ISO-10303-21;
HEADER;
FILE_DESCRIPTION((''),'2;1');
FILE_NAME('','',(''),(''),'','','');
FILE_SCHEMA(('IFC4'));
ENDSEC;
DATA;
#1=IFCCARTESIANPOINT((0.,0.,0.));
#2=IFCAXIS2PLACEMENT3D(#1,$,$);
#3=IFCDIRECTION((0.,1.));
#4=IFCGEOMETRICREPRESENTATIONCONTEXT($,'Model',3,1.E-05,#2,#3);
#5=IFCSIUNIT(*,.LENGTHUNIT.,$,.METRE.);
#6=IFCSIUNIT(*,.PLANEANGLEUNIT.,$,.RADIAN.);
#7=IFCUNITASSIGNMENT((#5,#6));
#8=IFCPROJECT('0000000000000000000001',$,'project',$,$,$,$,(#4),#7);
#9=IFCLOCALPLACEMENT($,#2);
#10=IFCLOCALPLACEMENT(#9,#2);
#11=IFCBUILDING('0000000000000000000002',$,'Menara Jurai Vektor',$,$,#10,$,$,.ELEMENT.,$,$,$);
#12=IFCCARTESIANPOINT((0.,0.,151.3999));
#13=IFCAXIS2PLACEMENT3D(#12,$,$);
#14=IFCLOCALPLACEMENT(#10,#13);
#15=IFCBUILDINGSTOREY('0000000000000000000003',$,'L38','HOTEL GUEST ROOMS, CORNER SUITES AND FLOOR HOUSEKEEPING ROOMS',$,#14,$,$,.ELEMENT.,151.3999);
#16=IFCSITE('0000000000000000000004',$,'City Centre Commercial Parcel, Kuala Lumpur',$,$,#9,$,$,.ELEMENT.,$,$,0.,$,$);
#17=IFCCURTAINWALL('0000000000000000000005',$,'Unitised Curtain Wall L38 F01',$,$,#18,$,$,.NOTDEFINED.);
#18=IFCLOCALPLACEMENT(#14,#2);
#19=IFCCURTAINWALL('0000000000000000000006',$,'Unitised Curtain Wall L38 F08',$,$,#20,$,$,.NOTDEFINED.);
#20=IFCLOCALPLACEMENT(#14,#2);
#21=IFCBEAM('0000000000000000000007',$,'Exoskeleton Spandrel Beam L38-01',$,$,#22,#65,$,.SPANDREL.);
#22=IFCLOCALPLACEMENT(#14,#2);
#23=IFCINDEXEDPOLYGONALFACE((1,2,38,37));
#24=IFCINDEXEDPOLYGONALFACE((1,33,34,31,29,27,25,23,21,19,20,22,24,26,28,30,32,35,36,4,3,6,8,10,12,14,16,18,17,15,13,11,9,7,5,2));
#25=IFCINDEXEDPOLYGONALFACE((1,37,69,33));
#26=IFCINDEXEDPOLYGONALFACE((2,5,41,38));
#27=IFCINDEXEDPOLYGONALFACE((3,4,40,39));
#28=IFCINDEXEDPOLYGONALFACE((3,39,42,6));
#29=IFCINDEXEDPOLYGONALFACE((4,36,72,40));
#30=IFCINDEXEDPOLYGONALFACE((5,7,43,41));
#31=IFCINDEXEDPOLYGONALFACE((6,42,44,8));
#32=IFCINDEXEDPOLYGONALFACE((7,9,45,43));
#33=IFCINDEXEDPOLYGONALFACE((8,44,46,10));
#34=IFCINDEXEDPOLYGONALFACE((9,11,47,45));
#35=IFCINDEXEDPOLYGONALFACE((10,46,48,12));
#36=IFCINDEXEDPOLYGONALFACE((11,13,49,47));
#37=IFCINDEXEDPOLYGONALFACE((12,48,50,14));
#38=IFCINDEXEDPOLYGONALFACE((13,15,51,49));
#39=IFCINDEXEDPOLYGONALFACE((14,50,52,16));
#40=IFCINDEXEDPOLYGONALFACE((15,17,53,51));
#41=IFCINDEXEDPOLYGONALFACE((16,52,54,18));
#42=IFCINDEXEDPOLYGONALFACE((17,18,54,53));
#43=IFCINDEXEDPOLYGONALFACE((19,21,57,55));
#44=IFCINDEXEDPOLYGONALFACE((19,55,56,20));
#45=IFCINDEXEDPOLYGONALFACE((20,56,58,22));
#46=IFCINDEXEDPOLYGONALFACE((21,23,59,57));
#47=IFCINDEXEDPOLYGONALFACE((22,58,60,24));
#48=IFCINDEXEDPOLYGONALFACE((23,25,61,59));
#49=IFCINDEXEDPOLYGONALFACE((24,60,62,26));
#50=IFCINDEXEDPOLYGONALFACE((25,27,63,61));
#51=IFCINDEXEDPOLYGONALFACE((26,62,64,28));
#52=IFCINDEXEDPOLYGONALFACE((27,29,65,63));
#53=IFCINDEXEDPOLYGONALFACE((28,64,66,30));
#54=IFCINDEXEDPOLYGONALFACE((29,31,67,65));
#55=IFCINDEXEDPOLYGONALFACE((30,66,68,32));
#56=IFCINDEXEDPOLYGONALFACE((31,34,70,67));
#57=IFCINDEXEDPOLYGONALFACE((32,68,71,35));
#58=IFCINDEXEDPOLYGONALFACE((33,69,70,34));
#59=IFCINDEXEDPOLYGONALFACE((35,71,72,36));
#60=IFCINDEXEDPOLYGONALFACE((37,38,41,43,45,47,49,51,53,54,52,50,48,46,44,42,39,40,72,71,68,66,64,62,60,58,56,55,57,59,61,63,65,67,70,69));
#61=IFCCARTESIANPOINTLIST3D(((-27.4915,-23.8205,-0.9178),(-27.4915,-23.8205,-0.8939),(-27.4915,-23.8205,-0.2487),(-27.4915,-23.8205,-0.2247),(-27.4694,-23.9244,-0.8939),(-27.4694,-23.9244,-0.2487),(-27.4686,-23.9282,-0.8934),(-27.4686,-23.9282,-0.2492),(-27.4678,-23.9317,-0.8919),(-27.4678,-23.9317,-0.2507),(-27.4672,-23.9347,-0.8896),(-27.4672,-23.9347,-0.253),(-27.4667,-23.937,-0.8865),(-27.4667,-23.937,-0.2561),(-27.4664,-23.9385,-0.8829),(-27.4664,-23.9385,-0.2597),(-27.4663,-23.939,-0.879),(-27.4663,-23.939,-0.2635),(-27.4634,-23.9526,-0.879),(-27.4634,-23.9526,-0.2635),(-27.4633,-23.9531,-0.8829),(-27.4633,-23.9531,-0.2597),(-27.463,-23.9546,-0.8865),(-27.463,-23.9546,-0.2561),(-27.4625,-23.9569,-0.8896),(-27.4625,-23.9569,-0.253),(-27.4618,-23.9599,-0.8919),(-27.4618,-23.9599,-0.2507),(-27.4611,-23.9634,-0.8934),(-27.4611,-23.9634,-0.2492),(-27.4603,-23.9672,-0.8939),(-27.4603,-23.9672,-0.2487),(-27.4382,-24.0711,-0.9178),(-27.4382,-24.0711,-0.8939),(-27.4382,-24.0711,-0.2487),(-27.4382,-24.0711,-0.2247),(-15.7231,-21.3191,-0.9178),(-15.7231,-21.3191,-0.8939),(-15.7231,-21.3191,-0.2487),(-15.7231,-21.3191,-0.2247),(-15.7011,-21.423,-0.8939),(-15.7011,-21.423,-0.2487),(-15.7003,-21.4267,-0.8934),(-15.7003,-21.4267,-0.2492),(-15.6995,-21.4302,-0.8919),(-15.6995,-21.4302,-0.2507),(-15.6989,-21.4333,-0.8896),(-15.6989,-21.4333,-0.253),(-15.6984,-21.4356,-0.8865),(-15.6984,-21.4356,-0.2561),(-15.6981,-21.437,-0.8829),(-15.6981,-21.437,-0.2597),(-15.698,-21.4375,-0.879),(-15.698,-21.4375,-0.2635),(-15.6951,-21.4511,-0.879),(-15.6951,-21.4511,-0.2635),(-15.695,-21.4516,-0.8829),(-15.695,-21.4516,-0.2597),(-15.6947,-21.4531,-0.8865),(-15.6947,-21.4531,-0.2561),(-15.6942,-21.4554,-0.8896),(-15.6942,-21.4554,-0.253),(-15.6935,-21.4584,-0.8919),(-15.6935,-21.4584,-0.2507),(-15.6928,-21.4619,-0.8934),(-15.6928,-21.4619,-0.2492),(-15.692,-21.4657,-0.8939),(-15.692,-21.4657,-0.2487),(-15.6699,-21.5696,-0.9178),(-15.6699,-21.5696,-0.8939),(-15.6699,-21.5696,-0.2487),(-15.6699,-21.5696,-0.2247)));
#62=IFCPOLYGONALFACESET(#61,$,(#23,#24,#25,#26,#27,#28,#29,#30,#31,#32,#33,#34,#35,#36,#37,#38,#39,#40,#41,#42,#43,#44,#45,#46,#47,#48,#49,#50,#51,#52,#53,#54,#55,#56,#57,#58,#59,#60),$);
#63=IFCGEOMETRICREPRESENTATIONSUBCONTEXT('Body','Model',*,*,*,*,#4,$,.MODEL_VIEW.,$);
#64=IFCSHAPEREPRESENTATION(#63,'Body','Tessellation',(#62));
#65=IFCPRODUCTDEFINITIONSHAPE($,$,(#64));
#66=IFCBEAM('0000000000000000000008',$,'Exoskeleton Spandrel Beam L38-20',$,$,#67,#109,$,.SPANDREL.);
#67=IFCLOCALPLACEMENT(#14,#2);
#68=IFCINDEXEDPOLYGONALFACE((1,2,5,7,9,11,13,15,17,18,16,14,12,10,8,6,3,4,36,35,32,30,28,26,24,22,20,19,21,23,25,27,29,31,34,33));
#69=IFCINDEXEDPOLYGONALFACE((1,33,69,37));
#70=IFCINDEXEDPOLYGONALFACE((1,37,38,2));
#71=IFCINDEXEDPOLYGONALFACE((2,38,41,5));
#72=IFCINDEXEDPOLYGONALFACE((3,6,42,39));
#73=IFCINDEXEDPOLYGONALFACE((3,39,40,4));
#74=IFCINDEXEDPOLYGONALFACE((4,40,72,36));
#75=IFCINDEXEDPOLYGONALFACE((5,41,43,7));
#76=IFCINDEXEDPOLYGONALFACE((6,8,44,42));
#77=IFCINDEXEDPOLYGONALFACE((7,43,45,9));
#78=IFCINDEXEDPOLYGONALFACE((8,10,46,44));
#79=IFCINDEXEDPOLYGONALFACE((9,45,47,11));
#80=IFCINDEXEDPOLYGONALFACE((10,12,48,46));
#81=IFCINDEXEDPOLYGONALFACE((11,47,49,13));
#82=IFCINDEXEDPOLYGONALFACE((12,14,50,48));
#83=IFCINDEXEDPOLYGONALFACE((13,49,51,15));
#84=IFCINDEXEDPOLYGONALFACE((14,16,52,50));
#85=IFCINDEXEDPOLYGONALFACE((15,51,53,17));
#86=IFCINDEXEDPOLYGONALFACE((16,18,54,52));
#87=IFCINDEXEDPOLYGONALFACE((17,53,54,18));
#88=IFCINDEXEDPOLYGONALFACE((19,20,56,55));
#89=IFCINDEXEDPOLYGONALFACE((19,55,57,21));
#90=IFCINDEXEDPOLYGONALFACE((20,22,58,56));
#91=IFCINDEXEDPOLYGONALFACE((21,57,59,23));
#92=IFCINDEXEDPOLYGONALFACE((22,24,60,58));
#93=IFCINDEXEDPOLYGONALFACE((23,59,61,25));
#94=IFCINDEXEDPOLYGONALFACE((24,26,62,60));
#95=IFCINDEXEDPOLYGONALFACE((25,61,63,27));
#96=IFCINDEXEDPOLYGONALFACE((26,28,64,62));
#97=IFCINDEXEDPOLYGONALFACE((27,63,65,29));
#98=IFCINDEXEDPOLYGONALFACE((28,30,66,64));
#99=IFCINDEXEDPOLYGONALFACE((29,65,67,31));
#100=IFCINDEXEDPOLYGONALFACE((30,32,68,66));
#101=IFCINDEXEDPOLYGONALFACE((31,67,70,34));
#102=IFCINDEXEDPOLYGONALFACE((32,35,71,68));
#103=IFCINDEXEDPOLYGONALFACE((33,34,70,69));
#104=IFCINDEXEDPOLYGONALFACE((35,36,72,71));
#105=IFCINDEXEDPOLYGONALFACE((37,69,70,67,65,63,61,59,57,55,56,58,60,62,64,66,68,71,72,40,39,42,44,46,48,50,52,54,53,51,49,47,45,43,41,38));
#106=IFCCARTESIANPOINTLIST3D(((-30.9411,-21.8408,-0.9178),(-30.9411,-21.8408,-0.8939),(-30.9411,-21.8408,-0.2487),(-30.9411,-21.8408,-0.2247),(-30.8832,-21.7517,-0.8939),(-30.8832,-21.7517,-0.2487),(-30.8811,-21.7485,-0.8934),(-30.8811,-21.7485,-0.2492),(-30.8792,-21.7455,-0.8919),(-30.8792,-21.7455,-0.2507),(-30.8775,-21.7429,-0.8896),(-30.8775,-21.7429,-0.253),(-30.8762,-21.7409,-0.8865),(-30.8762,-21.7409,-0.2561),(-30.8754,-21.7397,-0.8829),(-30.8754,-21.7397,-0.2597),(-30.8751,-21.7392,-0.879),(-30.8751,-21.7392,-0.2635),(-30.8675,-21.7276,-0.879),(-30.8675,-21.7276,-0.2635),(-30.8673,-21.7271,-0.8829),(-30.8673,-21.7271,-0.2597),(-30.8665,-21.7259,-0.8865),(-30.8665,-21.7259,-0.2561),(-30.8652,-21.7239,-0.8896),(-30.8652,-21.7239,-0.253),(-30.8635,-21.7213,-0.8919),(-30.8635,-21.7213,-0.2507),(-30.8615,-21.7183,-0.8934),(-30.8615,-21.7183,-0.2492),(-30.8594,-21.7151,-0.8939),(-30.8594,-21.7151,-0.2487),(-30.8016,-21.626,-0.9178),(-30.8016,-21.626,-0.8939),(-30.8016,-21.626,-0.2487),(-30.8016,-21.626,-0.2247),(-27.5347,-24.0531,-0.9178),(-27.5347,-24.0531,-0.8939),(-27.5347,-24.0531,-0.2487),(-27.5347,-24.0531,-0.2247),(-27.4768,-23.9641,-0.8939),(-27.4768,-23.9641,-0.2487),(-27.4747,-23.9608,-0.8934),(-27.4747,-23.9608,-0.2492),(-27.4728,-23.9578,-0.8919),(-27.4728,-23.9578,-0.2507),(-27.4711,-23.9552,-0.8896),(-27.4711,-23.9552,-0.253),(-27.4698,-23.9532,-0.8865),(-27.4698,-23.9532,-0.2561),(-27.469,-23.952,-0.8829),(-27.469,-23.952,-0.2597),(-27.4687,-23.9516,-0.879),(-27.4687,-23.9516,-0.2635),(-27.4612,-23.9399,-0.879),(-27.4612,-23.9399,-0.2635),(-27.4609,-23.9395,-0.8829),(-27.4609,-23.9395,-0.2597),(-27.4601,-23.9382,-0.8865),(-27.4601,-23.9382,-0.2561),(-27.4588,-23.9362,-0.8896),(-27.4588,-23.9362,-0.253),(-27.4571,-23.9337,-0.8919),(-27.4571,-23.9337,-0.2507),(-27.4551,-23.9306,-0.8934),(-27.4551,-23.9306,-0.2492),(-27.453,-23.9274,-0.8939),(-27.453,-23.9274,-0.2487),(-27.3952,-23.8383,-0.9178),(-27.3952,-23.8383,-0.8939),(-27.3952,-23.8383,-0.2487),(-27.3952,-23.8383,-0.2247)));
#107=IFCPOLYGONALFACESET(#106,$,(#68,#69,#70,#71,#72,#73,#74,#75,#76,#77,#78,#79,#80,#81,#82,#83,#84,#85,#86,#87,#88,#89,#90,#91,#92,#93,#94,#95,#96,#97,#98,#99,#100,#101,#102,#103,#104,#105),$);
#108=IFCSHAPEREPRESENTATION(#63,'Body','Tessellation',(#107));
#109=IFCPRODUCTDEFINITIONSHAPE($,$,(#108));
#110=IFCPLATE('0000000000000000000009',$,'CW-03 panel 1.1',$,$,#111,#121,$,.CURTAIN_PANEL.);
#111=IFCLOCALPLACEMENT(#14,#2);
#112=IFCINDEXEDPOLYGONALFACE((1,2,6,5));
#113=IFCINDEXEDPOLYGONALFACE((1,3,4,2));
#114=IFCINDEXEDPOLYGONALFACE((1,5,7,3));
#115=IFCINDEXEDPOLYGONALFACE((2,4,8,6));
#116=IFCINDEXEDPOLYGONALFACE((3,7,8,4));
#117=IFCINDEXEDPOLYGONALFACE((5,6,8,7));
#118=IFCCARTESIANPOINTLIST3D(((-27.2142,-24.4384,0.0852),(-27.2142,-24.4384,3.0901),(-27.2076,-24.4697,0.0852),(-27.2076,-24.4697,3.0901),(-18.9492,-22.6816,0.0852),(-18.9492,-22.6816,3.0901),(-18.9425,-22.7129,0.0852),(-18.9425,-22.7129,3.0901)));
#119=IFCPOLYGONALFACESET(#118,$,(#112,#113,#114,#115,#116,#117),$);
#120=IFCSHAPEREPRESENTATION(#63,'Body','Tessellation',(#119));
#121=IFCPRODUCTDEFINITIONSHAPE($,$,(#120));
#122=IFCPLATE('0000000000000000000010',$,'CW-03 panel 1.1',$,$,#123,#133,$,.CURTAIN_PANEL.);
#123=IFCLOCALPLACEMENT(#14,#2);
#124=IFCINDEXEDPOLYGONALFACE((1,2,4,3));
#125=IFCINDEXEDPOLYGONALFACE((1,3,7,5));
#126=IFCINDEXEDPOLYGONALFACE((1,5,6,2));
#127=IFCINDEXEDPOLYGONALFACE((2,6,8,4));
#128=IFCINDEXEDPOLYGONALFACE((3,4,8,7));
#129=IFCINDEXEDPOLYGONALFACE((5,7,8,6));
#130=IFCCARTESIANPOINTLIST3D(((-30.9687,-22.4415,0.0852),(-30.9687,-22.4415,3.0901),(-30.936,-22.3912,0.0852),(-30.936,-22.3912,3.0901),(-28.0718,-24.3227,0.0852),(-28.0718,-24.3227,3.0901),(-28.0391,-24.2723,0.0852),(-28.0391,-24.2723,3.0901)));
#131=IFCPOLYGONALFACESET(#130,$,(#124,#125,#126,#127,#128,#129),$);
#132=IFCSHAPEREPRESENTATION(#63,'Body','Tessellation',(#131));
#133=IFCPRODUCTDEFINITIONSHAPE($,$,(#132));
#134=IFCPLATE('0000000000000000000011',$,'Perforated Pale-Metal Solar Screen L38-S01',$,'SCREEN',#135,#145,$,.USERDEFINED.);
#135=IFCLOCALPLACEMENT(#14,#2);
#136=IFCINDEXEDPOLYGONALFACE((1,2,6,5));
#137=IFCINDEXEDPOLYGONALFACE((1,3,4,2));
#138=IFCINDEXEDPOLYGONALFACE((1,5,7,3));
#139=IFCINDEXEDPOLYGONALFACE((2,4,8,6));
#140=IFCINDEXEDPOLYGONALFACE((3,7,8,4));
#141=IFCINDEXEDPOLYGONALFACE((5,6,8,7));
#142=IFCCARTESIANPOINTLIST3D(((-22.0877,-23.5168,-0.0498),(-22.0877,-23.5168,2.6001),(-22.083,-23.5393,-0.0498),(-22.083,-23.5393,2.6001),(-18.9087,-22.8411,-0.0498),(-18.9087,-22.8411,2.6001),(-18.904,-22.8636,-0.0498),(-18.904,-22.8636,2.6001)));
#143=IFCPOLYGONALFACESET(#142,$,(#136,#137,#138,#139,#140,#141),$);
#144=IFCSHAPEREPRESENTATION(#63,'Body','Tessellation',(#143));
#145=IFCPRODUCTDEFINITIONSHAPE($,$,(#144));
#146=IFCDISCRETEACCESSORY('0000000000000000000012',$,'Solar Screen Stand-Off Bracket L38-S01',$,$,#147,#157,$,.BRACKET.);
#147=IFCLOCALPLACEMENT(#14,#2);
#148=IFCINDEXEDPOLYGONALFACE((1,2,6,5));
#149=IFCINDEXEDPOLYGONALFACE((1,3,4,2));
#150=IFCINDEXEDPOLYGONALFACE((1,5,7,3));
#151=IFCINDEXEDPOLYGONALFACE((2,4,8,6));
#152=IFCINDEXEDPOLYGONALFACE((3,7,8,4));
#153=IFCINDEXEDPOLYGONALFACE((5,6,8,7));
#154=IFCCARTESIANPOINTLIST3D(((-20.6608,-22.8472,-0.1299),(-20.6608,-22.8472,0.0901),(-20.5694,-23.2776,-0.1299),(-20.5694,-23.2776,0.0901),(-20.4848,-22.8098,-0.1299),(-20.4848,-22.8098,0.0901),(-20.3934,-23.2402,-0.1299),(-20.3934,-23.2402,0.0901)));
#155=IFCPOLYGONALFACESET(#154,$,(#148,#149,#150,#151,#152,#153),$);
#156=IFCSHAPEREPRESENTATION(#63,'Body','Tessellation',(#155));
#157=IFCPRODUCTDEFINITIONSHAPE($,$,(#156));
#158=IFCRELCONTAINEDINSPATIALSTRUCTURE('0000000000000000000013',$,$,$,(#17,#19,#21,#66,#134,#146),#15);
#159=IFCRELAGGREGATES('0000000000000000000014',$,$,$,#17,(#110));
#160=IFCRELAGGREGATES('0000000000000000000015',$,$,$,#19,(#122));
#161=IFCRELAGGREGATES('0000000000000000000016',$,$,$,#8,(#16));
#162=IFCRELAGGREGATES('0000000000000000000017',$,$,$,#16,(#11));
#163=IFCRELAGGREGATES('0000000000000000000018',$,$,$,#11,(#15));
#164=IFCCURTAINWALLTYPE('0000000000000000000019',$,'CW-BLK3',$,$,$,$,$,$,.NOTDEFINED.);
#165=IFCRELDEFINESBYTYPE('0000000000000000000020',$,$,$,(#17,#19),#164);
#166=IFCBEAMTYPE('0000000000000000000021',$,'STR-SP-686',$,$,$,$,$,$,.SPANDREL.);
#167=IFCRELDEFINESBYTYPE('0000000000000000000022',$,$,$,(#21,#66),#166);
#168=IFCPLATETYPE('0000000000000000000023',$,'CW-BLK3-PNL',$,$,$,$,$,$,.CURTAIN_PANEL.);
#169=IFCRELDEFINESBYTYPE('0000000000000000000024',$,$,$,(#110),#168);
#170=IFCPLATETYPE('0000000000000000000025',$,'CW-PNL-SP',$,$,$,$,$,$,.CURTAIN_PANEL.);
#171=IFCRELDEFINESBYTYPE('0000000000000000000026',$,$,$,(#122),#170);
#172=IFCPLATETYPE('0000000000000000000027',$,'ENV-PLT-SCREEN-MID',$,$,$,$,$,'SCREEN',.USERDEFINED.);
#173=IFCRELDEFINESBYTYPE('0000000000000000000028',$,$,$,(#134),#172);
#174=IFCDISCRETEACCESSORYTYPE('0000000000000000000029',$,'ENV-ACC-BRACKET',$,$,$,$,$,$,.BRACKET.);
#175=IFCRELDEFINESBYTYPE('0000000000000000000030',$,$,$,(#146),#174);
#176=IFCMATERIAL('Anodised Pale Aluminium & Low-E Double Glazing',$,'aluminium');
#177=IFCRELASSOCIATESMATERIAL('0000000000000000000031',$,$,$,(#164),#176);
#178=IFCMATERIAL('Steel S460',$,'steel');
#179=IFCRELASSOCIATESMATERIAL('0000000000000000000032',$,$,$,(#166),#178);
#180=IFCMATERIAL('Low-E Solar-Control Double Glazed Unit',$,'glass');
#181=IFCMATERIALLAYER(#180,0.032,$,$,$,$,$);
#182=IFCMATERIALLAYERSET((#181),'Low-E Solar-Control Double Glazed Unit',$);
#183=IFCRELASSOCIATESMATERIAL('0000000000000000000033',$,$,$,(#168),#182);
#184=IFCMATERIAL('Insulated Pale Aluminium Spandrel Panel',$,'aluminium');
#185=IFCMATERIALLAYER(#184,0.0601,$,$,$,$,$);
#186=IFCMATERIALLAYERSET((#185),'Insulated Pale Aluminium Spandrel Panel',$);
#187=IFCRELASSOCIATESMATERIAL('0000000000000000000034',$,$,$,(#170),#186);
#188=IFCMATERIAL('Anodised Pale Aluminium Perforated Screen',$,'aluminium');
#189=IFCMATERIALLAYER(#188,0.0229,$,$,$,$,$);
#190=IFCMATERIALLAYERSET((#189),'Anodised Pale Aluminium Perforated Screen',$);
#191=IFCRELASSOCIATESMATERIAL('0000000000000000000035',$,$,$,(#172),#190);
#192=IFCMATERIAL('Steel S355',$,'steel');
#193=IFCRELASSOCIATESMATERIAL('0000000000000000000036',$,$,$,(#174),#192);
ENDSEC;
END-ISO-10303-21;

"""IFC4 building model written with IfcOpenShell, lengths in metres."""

from ifc_helpers import new_model, si_unit, direction, frame, origin, origin_2d, place, context, subcontext, project, spatial, rectangle, i_section, extrude, material, layer, layer_set, material_profile, profile_set, type_object, element, aggregate, save


model = new_model("IFC4")

# Units and contexts
model_context = context("Model", 3, precision=1e-05, world=origin(), true_north=direction((0.0, 1.0)))
body_context = subcontext(model_context, "Body", "Model", "MODEL_VIEW")
ifc_project = project(units=[si_unit("LENGTHUNIT", "METRE"), si_unit("PLANEANGLEUNIT", "RADIAN")], contexts=[model_context])

# Site, building, storey
site_placement = place(None, origin())
site = spatial("IfcSite", under=ifc_project, at=site_placement, Name="City Centre Commercial Parcel, Kuala Lumpur", CompositionType="ELEMENT", RefElevation=0.0)
building_placement = place(site_placement, origin())
building = spatial("IfcBuilding", under=site, at=building_placement, Name="Menara Jurai Vektor", CompositionType="ELEMENT")
storey_placement = place(building_placement, frame((0.0, 0.0, 151.3999)))
storey = spatial("IfcBuildingStorey", under=building, at=storey_placement, Name="L38", Description="HOTEL GUEST ROOMS, CORNER SUITES AND FLOOR HOUSEKEEPING ROOMS", CompositionType="ELEMENT", Elevation=151.3999)

# Shared definitions
ifc_material_1 = material(Name="Steel S460", Category="steel")

# Curtain wall
ifc_material_2 = material(Name="Anodised Pale Aluminium & Low-E Double Glazing", Category="aluminium")
curtain_wall_type = type_object("IfcCurtainWallType", Name="CW-BLK3", PredefinedType="NOTDEFINED", material=ifc_material_2)
curtain_wall_1_placement = place(storey_placement, origin())
curtain_wall_1 = element("IfcCurtainWall", 1, at=curtain_wall_1_placement, inside=storey, type_object=curtain_wall_type, Name="Unitised Curtain Wall L38 F01", PredefinedType="NOTDEFINED")

# Curtain wall
curtain_wall_2_placement = place(storey_placement, origin())
curtain_wall_2 = element("IfcCurtainWall", 2, at=curtain_wall_2_placement, inside=storey, type_object=curtain_wall_type, Name="Unitised Curtain Wall L38 F08", PredefinedType="NOTDEFINED")

# Shared definitions
ifc_material_3 = material(Name="Steel S355", Category="steel")

# Beams
ifc_material_profile_1 = material_profile(ifc_material_1, i_section(OverallWidth=0.2561, OverallDepth=0.6931, WebThickness=0.0139, FlangeThickness=0.0239, FilletRadius=0.0149, at=origin_2d()), Name="UKB 686x254x170")
ifc_profile_set_1 = profile_set([ifc_material_profile_1], Name="Steel S460")
beam_type_1 = type_object("IfcBeamType", Name="STR-SP-686", PredefinedType="SPANDREL", material=ifc_profile_set_1)
beam_1_placement = place(storey_placement, frame((-27.4648, -23.9458, -0.5713), z_axis=(0.978147, 0.207914, 0.0), x_axis=(-0.207914, 0.978147, 0.0)))
element("IfcBeam", 3, at=beam_1_placement, inside=storey, type_object=beam_type_1, Name="Exoskeleton Spandrel Beam L38-01", PredefinedType="SPANDREL", context=body_context, shape_type="SweptSolid", body=[
    extrude(i_section(OverallWidth=0.2561, OverallDepth=0.6931, WebThickness=0.0139, FlangeThickness=0.0239, FilletRadius=0.0149, at=origin_2d()), origin(), (0.0, 0.0, 1.0), 12.0312),
])
beam_2_placement = place(storey_placement, frame((-30.8713, -21.7334, -0.5713), z_axis=(0.838648, -0.544674, 0.0), x_axis=(0.544674, 0.838648, 0.0)))
element("IfcBeam", 4, at=beam_2_placement, inside=storey, type_object=beam_type_1, Name="Exoskeleton Spandrel Beam L38-20", PredefinedType="SPANDREL", context=body_context, shape_type="SweptSolid", body=[
    extrude(i_section(OverallWidth=0.2561, OverallDepth=0.6931, WebThickness=0.0139, FlangeThickness=0.0239, FilletRadius=0.0149, at=origin_2d()), origin(), (0.0, 0.0, 1.0), 4.0618),
])

# Plates
ifc_material_4 = material(Name="Low-E Solar-Control Double Glazed Unit", Category="glass")
ifc_layer_1 = layer(ifc_material_4, 0.032)
ifc_layer_set_1 = layer_set([ifc_layer_1], Name="Low-E Solar-Control Double Glazed Unit")
plate_type_1 = type_object("IfcPlateType", Name="CW-BLK3-PNL", PredefinedType="CURTAIN_PANEL", material=ifc_layer_set_1)
plate_1_placement = place(storey_placement, frame((-23.0784, -23.5757, 0.0852), z_axis=(0.0, 0.0, 1.0), x_axis=(0.978148, 0.207911, 0.0)))
plate_1 = element("IfcPlate", 5, at=plate_1_placement, type_object=plate_type_1, Name="CW-03 panel 1.1", PredefinedType="CURTAIN_PANEL", context=body_context, shape_type="SweptSolid", body=[
    extrude(rectangle(XDim=8.4497, YDim=0.032, at=origin_2d()), origin(), (0.0, 0.0, 1.0), 3.0049),
])
aggregate(curtain_wall_1, [plate_1])
ifc_material_5 = material(Name="Insulated Pale Aluminium Spandrel Panel", Category="aluminium")
ifc_layer_2 = layer(ifc_material_5, 0.0601)
ifc_layer_set_2 = layer_set([ifc_layer_2], Name="Insulated Pale Aluminium Spandrel Panel")
plate_type_2 = type_object("IfcPlateType", Name="CW-PNL-SP", PredefinedType="CURTAIN_PANEL", material=ifc_layer_set_2)
plate_2_placement = place(storey_placement, frame((-29.5039, -23.3569, 0.0852), z_axis=(0.0, 0.0, 1.0), x_axis=(0.838684, -0.544618, 0.0)))
plate_2 = element("IfcPlate", 6, at=plate_2_placement, type_object=plate_type_2, Name="CW-03 panel 1.1", PredefinedType="CURTAIN_PANEL", context=body_context, shape_type="SweptSolid", body=[
    extrude(rectangle(XDim=3.4541, YDim=0.0601, at=origin_2d()), origin(), (0.0, 0.0, 1.0), 3.0049),
])
aggregate(curtain_wall_2, [plate_2])
ifc_material_6 = material(Name="Anodised Pale Aluminium Perforated Screen", Category="aluminium")
ifc_layer_3 = layer(ifc_material_6, 0.0229)
ifc_layer_set_3 = layer_set([ifc_layer_3], Name="Anodised Pale Aluminium Perforated Screen")
plate_type_3 = type_object("IfcPlateType", Name="ENV-PLT-SCREEN-MID", ElementType="SCREEN", PredefinedType="USERDEFINED", material=ifc_layer_set_3)
plate_3_placement = place(storey_placement, frame((-20.4958, -23.1902, -0.0498), z_axis=(0.0, 0.0, 1.0), x_axis=(0.978148, 0.207912, 0.0)))
element("IfcPlate", 7, at=plate_3_placement, inside=storey, type_object=plate_type_3, Name="Perforated Pale-Metal Solar Screen L38-S01", ObjectType="SCREEN", PredefinedType="USERDEFINED", context=body_context, shape_type="SweptSolid", body=[
    extrude(rectangle(XDim=3.25, YDim=0.0229, at=origin_2d()), origin(), (0.0, 0.0, 1.0), 2.6499),
])

# Discrete accessory
discrete_accessory_type = type_object("IfcDiscreteAccessoryType", Name="ENV-ACC-BRACKET", PredefinedType="BRACKET", material=ifc_material_3)
discrete_accessory_placement = place(storey_placement, frame((-20.5271, -23.0437, -0.1299), z_axis=(0.0, 0.0, 1.0), x_axis=(0.978148, 0.207912, 0.0)))
element("IfcDiscreteAccessory", 8, at=discrete_accessory_placement, inside=storey, type_object=discrete_accessory_type, Name="Solar Screen Stand-Off Bracket L38-S01", PredefinedType="BRACKET", context=body_context, shape_type="SweptSolid", body=[
    extrude(rectangle(XDim=0.1799, YDim=0.4399, at=origin_2d()), origin(), (0.0, 0.0, 1.0), 0.22),
])

save(model, "model.ifc")
